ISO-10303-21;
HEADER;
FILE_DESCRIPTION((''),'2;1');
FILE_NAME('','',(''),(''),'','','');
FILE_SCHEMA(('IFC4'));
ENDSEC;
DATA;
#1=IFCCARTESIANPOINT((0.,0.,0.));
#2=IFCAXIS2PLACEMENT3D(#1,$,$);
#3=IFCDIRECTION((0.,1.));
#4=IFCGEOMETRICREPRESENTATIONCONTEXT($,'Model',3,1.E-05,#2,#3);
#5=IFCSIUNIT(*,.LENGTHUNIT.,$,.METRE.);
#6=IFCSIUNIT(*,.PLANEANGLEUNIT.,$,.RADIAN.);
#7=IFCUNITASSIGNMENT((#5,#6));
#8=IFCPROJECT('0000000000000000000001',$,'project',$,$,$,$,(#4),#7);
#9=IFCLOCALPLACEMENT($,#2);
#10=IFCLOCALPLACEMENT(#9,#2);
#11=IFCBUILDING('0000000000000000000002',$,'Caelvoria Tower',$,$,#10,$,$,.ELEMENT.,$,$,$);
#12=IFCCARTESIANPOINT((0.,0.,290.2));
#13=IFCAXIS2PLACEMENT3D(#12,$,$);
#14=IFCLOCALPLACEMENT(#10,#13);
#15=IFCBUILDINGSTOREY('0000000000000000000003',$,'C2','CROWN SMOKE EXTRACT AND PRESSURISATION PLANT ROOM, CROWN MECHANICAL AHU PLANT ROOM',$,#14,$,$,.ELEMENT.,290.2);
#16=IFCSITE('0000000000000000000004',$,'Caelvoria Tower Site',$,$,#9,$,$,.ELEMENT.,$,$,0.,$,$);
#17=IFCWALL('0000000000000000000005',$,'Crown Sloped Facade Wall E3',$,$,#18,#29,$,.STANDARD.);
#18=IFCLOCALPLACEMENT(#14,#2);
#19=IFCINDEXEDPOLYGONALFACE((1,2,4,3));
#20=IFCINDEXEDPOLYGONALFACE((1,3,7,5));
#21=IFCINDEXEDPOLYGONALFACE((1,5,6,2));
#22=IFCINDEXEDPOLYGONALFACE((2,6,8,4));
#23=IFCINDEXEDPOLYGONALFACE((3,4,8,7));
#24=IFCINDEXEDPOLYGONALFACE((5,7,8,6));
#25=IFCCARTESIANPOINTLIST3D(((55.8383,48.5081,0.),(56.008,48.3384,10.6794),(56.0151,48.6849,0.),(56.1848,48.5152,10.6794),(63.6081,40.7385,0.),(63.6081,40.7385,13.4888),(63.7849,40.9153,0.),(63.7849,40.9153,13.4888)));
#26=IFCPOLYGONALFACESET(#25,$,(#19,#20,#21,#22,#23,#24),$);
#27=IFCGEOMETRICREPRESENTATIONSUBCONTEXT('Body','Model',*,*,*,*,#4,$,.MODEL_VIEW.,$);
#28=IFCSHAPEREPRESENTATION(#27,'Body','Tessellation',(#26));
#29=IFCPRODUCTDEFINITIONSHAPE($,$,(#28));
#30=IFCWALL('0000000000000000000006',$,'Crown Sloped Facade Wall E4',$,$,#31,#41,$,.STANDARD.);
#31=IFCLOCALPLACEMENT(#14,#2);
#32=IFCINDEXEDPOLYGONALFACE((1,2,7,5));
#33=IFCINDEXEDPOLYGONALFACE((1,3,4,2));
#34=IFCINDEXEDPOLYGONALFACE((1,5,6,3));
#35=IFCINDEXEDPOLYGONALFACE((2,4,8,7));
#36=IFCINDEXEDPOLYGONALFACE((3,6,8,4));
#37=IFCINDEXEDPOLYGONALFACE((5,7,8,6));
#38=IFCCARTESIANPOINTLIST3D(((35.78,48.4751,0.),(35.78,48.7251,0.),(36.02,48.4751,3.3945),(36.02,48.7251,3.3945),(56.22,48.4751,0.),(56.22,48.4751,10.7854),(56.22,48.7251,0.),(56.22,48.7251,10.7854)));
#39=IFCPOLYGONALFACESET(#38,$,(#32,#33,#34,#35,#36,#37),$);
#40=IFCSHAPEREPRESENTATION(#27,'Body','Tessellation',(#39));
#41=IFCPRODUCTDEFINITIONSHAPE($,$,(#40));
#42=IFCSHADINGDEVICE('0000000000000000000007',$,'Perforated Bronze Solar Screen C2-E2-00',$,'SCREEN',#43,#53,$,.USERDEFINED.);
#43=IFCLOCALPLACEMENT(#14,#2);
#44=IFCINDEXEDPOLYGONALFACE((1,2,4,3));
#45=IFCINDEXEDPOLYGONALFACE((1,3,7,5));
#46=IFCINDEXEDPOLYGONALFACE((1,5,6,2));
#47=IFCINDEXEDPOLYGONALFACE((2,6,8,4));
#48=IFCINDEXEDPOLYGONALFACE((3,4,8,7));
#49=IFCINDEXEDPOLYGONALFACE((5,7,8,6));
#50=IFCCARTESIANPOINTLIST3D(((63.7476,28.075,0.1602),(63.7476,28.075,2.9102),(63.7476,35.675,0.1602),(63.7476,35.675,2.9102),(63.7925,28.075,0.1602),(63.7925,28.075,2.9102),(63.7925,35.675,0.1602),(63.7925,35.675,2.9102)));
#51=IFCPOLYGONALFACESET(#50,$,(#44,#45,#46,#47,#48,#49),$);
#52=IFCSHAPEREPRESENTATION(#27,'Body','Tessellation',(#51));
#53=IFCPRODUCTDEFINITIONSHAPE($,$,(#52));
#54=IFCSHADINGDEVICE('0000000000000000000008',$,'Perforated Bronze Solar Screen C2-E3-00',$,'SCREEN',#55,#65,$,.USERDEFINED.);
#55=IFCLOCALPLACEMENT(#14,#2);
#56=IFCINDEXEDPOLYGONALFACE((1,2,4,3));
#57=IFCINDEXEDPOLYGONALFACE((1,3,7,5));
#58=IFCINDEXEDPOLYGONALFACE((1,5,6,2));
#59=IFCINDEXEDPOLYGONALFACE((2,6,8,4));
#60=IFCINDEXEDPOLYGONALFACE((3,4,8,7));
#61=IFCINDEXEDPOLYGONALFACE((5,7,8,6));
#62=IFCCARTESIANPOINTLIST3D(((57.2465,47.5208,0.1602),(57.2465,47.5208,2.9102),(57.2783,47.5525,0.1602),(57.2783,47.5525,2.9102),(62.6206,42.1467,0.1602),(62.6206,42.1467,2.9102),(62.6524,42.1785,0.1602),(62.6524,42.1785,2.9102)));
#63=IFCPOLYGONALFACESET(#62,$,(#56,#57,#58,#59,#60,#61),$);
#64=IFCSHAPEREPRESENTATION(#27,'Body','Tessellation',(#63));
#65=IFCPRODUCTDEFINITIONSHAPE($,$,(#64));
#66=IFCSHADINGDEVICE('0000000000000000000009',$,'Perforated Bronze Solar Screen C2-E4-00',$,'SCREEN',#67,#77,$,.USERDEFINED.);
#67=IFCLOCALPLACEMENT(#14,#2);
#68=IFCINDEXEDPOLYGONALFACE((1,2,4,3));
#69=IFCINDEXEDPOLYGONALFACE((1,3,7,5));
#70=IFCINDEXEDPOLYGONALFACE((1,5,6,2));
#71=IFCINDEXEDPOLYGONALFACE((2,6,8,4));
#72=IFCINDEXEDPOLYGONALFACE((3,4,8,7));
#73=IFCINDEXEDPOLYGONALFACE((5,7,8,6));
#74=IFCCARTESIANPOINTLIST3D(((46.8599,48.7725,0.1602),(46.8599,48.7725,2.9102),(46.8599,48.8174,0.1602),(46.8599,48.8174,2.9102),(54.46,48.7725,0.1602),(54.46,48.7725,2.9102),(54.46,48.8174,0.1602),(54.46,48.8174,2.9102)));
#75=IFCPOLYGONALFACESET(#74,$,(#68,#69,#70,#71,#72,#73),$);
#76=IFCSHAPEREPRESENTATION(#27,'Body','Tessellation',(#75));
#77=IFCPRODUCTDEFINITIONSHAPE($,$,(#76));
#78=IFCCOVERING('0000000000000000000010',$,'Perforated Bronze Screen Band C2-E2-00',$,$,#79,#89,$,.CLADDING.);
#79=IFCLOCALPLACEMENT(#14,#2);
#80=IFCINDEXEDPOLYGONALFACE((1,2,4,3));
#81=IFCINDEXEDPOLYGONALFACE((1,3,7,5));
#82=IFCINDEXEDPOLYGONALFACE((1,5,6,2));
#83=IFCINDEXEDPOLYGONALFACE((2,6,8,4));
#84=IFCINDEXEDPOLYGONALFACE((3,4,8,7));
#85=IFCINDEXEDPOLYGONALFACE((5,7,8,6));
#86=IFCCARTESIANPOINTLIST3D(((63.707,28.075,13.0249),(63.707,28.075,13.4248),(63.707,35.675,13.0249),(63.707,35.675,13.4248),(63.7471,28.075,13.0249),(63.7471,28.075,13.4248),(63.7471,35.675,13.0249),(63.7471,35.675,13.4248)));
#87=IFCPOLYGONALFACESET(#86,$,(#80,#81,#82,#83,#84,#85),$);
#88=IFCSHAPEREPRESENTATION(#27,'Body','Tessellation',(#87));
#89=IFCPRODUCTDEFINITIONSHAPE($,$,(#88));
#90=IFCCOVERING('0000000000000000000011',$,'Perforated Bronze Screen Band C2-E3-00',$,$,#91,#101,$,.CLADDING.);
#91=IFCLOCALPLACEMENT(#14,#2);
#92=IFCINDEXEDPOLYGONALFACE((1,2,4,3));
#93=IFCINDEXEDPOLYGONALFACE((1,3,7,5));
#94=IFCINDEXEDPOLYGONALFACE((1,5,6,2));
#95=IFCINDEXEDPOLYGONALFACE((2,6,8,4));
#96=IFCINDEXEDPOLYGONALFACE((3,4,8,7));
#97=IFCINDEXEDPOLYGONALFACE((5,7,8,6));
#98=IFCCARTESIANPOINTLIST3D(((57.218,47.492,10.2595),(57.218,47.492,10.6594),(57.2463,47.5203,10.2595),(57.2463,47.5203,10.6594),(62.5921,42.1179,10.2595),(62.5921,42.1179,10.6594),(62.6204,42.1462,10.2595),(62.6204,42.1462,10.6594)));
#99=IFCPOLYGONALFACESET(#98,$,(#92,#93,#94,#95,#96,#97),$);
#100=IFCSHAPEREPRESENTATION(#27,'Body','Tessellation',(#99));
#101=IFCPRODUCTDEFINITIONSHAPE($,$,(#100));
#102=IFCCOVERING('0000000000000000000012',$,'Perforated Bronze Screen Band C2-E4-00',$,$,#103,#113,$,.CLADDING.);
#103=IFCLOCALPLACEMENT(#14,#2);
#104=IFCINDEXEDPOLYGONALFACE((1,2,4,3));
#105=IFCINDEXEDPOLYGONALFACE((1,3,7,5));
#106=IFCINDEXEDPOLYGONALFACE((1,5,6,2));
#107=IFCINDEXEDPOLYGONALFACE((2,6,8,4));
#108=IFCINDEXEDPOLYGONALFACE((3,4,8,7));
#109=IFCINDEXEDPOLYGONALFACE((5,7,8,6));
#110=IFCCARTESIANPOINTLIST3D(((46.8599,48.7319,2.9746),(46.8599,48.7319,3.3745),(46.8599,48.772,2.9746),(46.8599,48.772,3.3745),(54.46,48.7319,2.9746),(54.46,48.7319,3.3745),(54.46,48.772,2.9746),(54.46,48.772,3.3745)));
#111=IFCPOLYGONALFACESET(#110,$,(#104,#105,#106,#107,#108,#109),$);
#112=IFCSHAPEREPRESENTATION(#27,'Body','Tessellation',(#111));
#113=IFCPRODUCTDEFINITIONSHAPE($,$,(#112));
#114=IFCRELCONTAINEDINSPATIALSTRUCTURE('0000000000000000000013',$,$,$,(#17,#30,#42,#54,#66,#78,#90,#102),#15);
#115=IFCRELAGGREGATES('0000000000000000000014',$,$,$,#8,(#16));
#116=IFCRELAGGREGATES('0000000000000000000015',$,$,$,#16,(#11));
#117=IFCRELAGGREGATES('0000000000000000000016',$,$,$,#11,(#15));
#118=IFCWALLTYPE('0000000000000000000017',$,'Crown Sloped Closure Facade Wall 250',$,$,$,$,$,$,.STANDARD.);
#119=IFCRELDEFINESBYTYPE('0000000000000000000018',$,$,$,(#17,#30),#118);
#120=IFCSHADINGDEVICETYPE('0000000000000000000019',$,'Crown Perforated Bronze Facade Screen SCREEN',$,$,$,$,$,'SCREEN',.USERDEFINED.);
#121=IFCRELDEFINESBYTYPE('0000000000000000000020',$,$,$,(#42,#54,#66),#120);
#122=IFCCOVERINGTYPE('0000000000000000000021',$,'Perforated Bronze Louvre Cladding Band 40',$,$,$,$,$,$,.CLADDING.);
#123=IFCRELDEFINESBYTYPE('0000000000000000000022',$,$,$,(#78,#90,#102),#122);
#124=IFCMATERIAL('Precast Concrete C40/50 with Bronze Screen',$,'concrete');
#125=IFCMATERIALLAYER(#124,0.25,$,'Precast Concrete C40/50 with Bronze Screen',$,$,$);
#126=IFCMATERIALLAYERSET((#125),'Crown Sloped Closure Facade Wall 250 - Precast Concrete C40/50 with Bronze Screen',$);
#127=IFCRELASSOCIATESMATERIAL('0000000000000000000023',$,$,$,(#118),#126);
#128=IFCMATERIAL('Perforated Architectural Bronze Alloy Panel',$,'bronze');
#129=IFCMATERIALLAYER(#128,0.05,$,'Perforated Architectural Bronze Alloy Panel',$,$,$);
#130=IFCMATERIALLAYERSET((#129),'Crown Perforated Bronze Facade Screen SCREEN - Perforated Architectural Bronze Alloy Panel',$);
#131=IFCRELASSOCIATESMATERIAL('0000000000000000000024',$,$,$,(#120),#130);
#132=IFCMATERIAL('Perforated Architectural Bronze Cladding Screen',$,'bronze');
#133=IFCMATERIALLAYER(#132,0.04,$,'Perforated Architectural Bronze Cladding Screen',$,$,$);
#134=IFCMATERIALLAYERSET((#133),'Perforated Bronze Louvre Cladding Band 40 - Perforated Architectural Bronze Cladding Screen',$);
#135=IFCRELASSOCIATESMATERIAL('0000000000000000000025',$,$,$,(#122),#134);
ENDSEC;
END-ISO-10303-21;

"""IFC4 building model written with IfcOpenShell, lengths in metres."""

from ifc_helpers import new_model, si_unit, direction, frame, origin, origin_2d, place, context, subcontext, project, spatial, polyline, rectangle, outline, extrude, material, layer, layer_set, type_object, element, save


model = new_model("IFC4")

# Units and contexts
model_context = context("Model", 3, precision=1e-05, world=origin(), true_north=direction((0.0, 1.0)))
body_context = subcontext(model_context, "Body", "Model", "MODEL_VIEW")
ifc_project = project(units=[si_unit("LENGTHUNIT", "METRE"), si_unit("PLANEANGLEUNIT", "RADIAN")], contexts=[model_context])

# Site, building, storey
site_placement = place(None, origin())
site = spatial("IfcSite", under=ifc_project, at=site_placement, Name="Caelvoria Tower Site", CompositionType="ELEMENT", RefElevation=0.0)
building_placement = place(site_placement, origin())
building = spatial("IfcBuilding", under=site, at=building_placement, Name="Caelvoria Tower", CompositionType="ELEMENT")
storey_placement = place(building_placement, frame((0.0, 0.0, 290.2)))
storey = spatial("IfcBuildingStorey", under=building, at=storey_placement, Name="C2", Description="CROWN SMOKE EXTRACT AND PRESSURISATION PLANT ROOM, CROWN MECHANICAL AHU PLANT ROOM", CompositionType="ELEMENT", Elevation=290.2)

# Walls
ifc_material_1 = material(Name="Precast Concrete C40/50 with Bronze Screen", Category="concrete")
ifc_layer_1 = layer(ifc_material_1, 0.25, Name="Precast Concrete C40/50 with Bronze Screen")
ifc_layer_set_1 = layer_set([ifc_layer_1], Name="Crown Sloped Closure Facade Wall 250 - Precast Concrete C40/50 with Bronze Screen")
wall_type = type_object("IfcWallType", Name="Crown Sloped Closure Facade Wall 250", PredefinedType="STANDARD", material=ifc_layer_set_1)
wall_1_placement = place(storey_placement, frame((63.6965, 40.8269, 0.0), z_axis=(0.0, 0.0, 1.0), x_axis=(-0.707118, 0.707096, 0.0)))
element("IfcWall", 1, at=wall_1_placement, inside=storey, type_object=wall_type, Name="Crown Sloped Facade Wall E3", PredefinedType="STANDARD", context=body_context, shape_type="SweptSolid", body=[
    extrude(outline(polyline([(0.0, 0.0), (10.988, 0.0), (10.748, 10.6794), (0.0, 13.4888), (0.0, 0.0)])), frame((0.0, 0.125, 0.0), z_axis=(0.0, -1.0, 0.0), x_axis=(1.0, 0.0, 0.0)), (0.0, 0.0, 1.0), 0.25),
])
wall_2_placement = place(storey_placement, frame((56.22, 48.6001, 0.0), z_axis=(0.0, 0.0, 1.0), x_axis=(-1.0, 0.0, 0.0)))
element("IfcWall", 2, at=wall_2_placement, inside=storey, type_object=wall_type, Name="Crown Sloped Facade Wall E4", PredefinedType="STANDARD", context=body_context, shape_type="SweptSolid", body=[
    extrude(outline(polyline([(0.0, 0.0), (20.4399, 0.0), (20.2, 3.3945), (0.0, 10.7854), (0.0, 0.0)])), frame((0.0, 0.125, 0.0), z_axis=(0.0, -1.0, 0.0), x_axis=(1.0, 0.0, 0.0)), (0.0, 0.0, 1.0), 0.25),
])

# Shading devices
ifc_material_2 = material(Name="Perforated Architectural Bronze Alloy Panel", Category="bronze")
ifc_layer_2 = layer(ifc_material_2, 0.05, Name="Perforated Architectural Bronze Alloy Panel")
ifc_layer_set_2 = layer_set([ifc_layer_2], Name="Crown Perforated Bronze Facade Screen SCREEN - Perforated Architectural Bronze Alloy Panel")
shading_device_type = type_object("IfcShadingDeviceType", Name="Crown Perforated Bronze Facade Screen SCREEN", ElementType="SCREEN", PredefinedType="USERDEFINED", material=ifc_layer_set_2)
for number, where, z_axis, x_axis, name in (
    (3, (63.77, 31.875, 0.1602), (0.0, 0.0, 1.0), (0.0, 1.0, 0.0), "Perforated Bronze Solar Screen C2-E2-00"),
    (4, (59.9495, 44.8496, 0.1602), (0.0, 0.0, 1.0), (-0.707107, 0.707107, 0.0), "Perforated Bronze Solar Screen C2-E3-00"),
    (5, (50.6599, 48.7949, 0.1602), (0.0, 0.0, 1.0), (-1.0, 0.0, 0.0), "Perforated Bronze Solar Screen C2-E4-00"),
):
    element("IfcShadingDevice", number, at=place(storey_placement, frame(where, z_axis=z_axis, x_axis=x_axis)), inside=storey, type_object=shading_device_type, Name=name, ObjectType="SCREEN", PredefinedType="USERDEFINED", context=body_context, shape_type="SweptSolid", body=[
        extrude(rectangle(XDim=7.6001, YDim=0.0449, at=origin_2d()), origin(), (0.0, 0.0, 1.0), 2.75),
    ])

# Coverings
ifc_material_3 = material(Name="Perforated Architectural Bronze Cladding Screen", Category="bronze")
ifc_layer_3 = layer(ifc_material_3, 0.04, Name="Perforated Architectural Bronze Cladding Screen")
ifc_layer_set_3 = layer_set([ifc_layer_3], Name="Perforated Bronze Louvre Cladding Band 40 - Perforated Architectural Bronze Cladding Screen")
covering_type = type_object("IfcCoveringType", Name="Perforated Bronze Louvre Cladding Band 40", PredefinedType="CLADDING", material=ifc_layer_set_3)
for number, where, z_axis, x_axis, name in (
    (6, (63.7271, 31.875, 13.0249), (0.0, 0.0, 1.0), (0.0, 1.0, 0.0), "Perforated Bronze Screen Band C2-E2-00"),
    (7, (59.9192, 44.8191, 10.2595), (0.0, 0.0, 1.0), (-0.707107, 0.707107, 0.0), "Perforated Bronze Screen Band C2-E3-00"),
    (8, (50.6599, 48.752, 2.9746), (0.0, 0.0, 1.0), (-1.0, 0.0, 0.0), "Perforated Bronze Screen Band C2-E4-00"),
):
    element("IfcCovering", number, at=place(storey_placement, frame(where, z_axis=z_axis, x_axis=x_axis)), inside=storey, type_object=covering_type, Name=name, PredefinedType="CLADDING", context=body_context, shape_type="SweptSolid", body=[
        extrude(rectangle(XDim=7.6001, YDim=0.04, at=origin_2d()), origin(), (0.0, 0.0, 1.0), 0.3999),
    ])

save(model, "model.ifc")
